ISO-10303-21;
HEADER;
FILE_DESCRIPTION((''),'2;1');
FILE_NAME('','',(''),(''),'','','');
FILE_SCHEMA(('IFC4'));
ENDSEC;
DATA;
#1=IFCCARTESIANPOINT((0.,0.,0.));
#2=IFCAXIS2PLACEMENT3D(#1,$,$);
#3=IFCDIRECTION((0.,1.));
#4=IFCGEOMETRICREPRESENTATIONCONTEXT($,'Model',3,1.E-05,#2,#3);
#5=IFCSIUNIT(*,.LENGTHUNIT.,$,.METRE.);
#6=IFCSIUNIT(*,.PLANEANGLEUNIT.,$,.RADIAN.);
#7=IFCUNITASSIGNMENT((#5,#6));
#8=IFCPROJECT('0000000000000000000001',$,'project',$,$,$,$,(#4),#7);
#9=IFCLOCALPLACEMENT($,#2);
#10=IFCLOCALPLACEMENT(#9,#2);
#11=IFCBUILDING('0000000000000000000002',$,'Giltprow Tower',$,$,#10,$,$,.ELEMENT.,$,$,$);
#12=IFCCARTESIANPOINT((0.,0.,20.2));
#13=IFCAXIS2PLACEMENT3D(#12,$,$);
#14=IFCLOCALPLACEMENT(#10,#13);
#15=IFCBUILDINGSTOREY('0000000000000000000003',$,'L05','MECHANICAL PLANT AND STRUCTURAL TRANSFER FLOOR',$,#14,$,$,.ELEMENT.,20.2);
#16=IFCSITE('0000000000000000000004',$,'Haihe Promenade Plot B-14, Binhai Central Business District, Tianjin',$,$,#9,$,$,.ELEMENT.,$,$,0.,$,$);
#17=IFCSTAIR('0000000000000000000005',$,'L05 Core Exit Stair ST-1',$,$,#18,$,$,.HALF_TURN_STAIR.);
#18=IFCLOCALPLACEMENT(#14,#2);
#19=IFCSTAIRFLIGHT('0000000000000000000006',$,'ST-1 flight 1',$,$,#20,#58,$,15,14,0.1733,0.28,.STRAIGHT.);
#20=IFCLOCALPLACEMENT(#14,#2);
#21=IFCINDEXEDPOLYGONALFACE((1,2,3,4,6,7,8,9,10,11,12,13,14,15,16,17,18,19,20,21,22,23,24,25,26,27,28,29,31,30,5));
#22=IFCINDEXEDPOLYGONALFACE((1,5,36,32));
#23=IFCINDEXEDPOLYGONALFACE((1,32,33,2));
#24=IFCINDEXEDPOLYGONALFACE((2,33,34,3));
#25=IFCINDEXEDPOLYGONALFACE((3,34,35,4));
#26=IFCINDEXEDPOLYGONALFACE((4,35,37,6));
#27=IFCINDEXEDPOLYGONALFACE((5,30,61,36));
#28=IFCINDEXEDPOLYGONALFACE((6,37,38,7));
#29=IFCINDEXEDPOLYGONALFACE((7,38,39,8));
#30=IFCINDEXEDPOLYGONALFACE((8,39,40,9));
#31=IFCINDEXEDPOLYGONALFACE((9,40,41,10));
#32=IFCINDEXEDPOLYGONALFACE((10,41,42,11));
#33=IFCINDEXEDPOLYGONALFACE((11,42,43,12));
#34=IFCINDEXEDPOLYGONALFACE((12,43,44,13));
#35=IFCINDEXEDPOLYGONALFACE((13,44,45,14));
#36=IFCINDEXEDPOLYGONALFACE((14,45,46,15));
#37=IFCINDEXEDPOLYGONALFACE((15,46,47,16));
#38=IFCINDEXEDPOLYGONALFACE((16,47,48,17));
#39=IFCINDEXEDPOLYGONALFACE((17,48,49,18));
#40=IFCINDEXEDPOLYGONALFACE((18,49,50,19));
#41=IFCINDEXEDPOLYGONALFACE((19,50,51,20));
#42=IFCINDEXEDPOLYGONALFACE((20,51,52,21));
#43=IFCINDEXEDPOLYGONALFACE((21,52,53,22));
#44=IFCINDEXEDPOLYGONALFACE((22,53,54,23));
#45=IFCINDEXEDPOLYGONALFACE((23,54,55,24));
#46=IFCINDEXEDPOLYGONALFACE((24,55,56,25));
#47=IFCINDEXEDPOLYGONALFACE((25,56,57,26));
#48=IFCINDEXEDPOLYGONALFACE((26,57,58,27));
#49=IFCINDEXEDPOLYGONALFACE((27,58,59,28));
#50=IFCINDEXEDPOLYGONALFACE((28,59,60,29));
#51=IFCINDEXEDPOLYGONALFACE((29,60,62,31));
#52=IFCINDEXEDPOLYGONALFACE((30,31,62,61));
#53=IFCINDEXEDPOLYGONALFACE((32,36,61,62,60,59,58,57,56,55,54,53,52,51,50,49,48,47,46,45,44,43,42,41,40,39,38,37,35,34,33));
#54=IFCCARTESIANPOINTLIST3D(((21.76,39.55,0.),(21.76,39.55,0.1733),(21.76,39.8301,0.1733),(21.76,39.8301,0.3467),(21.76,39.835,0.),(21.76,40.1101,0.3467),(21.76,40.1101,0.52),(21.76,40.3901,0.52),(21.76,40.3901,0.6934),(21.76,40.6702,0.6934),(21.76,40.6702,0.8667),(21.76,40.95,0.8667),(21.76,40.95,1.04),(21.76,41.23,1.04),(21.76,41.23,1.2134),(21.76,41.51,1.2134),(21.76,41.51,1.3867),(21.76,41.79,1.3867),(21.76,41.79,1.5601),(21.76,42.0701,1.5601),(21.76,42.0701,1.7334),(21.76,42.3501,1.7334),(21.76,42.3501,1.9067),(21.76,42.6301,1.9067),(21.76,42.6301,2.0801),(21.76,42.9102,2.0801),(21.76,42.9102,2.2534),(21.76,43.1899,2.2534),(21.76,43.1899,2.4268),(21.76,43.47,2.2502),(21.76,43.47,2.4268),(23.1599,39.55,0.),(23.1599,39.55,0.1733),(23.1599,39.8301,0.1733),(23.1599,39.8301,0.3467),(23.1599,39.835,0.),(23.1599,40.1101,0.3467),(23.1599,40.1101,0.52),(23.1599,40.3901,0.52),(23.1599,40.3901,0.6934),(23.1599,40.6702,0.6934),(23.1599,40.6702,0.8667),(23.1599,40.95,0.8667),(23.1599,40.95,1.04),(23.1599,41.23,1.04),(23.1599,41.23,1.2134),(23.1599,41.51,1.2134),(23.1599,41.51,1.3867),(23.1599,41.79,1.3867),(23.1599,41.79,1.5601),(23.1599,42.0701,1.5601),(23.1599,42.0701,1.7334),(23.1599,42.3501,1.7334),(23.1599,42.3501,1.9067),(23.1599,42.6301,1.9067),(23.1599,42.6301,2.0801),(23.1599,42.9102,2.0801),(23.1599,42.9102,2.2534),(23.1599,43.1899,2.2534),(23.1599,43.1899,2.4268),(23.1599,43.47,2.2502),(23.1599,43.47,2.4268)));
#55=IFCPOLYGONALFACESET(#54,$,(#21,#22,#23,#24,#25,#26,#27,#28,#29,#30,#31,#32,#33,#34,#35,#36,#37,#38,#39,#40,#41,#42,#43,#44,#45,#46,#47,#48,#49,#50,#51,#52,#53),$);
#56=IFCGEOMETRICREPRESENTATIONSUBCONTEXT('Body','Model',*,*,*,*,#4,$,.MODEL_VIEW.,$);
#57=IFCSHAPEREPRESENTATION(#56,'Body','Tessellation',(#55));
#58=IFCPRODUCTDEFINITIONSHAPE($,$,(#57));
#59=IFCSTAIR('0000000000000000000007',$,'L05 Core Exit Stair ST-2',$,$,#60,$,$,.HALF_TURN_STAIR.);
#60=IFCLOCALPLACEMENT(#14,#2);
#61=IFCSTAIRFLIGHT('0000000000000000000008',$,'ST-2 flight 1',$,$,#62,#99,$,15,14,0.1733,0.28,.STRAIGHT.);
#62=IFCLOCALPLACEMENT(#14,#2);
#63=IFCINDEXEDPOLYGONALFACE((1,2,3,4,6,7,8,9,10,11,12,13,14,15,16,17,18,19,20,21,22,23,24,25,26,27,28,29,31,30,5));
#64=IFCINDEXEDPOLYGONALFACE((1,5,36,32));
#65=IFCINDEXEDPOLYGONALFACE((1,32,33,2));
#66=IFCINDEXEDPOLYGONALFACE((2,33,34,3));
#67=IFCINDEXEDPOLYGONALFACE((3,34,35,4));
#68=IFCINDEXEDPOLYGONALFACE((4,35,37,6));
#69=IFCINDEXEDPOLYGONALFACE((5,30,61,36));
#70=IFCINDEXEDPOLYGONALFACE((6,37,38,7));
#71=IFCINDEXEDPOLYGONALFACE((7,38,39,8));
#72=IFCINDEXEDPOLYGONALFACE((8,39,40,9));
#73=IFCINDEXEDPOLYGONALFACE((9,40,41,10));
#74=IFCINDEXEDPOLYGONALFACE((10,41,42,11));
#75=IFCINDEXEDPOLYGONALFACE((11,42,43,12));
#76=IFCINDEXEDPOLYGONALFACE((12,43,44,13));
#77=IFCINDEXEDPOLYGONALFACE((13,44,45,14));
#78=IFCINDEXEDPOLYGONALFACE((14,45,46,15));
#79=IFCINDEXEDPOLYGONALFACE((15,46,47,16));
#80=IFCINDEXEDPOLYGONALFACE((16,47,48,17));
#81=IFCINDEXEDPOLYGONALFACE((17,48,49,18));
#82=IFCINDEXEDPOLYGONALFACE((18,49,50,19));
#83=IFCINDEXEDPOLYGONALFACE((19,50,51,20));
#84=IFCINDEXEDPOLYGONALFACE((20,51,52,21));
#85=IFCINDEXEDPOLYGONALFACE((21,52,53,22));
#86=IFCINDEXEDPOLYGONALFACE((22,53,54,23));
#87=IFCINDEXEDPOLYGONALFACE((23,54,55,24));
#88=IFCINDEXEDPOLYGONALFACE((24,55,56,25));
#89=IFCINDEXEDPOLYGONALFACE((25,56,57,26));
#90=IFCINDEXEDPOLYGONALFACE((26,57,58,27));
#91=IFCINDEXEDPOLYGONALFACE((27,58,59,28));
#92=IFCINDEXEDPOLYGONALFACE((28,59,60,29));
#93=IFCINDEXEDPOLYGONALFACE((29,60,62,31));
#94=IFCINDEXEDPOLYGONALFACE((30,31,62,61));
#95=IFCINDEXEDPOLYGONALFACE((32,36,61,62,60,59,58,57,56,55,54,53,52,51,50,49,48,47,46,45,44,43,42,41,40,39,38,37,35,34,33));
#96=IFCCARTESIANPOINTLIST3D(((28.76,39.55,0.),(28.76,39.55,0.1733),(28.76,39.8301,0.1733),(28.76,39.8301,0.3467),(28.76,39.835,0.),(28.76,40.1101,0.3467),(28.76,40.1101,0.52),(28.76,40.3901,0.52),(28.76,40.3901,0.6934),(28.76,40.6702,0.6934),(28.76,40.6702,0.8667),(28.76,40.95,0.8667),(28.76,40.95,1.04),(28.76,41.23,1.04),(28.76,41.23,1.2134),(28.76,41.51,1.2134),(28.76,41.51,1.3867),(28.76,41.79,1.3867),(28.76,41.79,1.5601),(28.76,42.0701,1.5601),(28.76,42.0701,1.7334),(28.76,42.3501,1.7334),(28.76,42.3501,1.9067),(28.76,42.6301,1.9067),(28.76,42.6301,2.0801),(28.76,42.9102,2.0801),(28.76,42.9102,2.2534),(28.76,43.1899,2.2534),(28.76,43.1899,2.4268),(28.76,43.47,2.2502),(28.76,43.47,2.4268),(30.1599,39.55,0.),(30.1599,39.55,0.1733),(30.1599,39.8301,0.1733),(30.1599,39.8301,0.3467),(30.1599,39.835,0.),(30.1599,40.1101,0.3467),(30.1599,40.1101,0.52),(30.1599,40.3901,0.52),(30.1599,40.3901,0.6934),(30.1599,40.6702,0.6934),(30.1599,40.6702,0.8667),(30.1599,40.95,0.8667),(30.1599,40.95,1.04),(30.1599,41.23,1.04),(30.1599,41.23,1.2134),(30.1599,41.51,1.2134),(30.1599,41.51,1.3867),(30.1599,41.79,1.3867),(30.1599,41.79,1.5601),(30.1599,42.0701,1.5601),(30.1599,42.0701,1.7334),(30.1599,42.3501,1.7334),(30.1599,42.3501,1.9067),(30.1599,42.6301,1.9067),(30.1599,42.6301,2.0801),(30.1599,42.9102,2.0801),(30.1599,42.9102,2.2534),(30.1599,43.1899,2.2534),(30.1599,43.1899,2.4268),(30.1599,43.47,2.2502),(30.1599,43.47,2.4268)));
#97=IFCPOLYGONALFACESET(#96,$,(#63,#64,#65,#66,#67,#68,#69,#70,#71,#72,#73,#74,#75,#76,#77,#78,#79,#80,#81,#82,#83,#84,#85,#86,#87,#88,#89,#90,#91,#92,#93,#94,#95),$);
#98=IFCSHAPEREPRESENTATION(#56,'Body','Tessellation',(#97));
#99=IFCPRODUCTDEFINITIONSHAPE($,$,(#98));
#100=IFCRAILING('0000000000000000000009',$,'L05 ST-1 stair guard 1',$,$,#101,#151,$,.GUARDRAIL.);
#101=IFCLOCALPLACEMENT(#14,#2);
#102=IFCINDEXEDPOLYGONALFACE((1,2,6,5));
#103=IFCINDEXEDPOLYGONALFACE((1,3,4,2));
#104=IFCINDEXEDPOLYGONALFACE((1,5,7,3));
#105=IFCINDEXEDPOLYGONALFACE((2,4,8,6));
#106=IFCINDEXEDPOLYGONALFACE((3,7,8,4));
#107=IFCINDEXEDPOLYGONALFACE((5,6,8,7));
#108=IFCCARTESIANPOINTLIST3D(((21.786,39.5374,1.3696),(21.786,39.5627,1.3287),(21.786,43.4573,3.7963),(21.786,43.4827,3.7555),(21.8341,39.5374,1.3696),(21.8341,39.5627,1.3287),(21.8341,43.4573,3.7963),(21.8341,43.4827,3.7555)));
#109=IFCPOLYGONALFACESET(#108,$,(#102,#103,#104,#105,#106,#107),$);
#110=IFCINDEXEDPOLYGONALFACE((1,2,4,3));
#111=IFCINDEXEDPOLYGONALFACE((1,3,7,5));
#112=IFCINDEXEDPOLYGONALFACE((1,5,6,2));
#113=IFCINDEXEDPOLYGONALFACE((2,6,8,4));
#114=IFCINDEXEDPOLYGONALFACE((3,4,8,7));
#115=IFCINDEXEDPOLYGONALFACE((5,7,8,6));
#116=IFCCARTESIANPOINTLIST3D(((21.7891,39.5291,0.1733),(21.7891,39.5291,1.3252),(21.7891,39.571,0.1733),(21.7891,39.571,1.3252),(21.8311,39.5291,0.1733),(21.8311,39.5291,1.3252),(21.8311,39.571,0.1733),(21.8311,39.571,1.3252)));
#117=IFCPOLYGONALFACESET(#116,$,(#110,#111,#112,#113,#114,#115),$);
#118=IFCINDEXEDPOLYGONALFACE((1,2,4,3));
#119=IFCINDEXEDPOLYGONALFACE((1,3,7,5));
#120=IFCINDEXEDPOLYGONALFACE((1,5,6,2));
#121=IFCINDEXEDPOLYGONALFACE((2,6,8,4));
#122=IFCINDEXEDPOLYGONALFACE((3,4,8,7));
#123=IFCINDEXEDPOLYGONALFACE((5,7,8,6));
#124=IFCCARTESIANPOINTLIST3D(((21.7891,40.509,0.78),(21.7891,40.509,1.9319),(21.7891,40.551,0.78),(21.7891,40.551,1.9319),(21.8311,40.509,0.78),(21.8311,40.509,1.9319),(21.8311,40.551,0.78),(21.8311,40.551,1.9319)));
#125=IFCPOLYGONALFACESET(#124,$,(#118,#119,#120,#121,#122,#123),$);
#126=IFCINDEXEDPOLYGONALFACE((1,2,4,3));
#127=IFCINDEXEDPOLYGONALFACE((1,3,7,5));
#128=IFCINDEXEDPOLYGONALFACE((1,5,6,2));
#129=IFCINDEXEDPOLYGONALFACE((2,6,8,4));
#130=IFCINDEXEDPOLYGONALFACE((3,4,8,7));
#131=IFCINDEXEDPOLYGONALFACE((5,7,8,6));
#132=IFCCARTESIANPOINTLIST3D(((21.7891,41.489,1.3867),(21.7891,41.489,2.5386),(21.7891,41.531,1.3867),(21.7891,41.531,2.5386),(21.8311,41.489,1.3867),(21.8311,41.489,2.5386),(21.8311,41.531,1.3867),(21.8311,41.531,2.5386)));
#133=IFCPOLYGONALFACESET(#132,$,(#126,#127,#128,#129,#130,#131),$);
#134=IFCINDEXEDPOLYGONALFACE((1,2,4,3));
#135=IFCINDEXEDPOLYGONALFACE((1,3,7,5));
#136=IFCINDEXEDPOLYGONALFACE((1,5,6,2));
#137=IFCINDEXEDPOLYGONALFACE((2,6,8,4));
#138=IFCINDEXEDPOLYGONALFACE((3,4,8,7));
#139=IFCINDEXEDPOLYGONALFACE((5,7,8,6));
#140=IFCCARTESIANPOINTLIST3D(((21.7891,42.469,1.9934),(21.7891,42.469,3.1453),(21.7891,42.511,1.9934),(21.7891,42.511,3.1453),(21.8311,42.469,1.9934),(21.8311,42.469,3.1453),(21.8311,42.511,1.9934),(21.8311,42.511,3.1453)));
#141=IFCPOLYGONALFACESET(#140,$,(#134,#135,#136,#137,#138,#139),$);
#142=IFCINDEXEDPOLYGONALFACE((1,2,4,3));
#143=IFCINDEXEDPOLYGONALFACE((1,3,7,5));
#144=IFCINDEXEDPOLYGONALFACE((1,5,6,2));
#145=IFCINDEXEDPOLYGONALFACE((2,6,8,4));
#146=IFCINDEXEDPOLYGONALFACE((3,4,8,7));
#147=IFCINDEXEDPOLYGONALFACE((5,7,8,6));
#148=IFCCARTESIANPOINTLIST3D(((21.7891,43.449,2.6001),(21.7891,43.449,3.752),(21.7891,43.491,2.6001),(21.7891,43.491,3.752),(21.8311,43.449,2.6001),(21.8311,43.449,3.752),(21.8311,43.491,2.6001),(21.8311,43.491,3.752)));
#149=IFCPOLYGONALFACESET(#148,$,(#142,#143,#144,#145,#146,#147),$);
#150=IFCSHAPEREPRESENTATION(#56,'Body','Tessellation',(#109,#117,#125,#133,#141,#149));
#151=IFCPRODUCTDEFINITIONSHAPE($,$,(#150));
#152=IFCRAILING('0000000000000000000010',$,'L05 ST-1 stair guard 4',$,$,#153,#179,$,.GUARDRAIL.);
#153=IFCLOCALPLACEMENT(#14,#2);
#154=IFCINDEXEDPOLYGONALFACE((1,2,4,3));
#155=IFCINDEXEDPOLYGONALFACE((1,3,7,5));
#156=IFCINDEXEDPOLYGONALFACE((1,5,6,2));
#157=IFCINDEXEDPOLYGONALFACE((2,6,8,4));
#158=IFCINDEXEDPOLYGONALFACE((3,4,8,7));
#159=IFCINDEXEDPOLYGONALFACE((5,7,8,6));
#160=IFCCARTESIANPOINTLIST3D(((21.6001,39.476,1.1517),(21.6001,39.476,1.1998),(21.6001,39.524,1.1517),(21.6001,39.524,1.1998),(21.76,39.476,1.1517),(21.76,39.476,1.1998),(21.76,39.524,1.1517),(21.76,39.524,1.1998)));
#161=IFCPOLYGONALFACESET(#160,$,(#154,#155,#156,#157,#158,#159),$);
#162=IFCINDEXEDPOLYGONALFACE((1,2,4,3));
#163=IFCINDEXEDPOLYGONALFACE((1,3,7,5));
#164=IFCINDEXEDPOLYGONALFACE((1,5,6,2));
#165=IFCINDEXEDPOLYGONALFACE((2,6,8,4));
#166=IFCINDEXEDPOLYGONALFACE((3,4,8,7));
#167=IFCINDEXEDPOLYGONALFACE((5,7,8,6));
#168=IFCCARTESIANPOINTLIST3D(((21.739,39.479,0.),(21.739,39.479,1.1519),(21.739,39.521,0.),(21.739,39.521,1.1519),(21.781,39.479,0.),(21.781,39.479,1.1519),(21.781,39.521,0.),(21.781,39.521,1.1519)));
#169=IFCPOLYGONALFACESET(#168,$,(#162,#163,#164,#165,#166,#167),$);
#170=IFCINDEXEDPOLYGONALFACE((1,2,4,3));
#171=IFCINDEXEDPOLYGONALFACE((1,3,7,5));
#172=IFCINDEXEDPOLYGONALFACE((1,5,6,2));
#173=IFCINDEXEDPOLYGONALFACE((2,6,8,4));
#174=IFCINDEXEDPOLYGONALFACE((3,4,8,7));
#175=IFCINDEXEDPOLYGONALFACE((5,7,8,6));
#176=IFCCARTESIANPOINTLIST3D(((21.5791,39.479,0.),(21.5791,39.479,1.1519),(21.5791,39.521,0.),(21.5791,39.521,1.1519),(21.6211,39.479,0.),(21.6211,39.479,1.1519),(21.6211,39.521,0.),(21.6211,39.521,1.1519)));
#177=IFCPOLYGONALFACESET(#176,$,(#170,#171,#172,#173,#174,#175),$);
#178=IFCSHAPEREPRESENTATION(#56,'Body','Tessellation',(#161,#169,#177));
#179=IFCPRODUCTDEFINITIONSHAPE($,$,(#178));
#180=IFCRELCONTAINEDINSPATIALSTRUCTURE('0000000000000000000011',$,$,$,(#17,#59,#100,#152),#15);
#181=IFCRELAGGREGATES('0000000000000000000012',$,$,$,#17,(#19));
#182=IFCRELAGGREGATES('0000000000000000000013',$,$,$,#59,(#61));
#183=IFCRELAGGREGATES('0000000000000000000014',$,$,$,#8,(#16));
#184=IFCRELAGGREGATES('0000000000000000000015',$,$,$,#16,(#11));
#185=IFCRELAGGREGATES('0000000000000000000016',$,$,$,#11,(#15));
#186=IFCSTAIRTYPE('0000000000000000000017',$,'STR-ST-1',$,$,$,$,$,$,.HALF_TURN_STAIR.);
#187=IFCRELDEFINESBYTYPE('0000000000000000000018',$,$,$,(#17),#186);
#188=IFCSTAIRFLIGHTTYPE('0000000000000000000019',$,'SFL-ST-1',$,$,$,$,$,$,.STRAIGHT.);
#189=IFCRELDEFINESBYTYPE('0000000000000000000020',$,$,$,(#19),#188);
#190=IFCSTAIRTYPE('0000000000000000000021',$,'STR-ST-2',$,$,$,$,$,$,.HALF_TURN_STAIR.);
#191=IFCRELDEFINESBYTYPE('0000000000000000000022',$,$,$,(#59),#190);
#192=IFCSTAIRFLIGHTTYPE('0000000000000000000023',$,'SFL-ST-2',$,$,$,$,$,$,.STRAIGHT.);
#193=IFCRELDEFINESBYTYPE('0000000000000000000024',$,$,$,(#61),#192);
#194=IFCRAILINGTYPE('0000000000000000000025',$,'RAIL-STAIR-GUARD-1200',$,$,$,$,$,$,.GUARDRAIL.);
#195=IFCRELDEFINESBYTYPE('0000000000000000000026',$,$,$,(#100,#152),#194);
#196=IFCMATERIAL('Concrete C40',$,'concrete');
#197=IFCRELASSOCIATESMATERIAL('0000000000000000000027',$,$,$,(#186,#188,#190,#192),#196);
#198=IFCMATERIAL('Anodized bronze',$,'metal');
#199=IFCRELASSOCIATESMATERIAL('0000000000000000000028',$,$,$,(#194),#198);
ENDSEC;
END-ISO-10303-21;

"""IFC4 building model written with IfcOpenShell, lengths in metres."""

from ifc_helpers import new_model, si_unit, direction, frame, origin, origin_2d, place, context, subcontext, project, spatial, polyline, rectangle, outline, extrude, material, type_object, element, aggregate, save


model = new_model("IFC4")

# Units and contexts
model_context = context("Model", 3, precision=1e-05, world=origin(), true_north=direction((0.0, 1.0)))
body_context = subcontext(model_context, "Body", "Model", "MODEL_VIEW")
ifc_project = project(units=[si_unit("LENGTHUNIT", "METRE"), si_unit("PLANEANGLEUNIT", "RADIAN")], contexts=[model_context])

# Site, building, storey
site_placement = place(None, origin())
site = spatial("IfcSite", under=ifc_project, at=site_placement, Name="Haihe Promenade Plot B-14, Binhai Central Business District, Tianjin", CompositionType="ELEMENT", RefElevation=0.0)
building_placement = place(site_placement, origin())
building = spatial("IfcBuilding", under=site, at=building_placement, Name="Giltprow Tower", CompositionType="ELEMENT")
storey_placement = place(building_placement, frame((0.0, 0.0, 20.2)))
storey = spatial("IfcBuildingStorey", under=building, at=storey_placement, Name="L05", Description="MECHANICAL PLANT AND STRUCTURAL TRANSFER FLOOR", CompositionType="ELEMENT", Elevation=20.2)

# Shared definitions
ifc_material_1 = material(Name="Concrete C40", Category="concrete")

# Stairs, stair flights
stair_type_1 = type_object("IfcStairType", Name="STR-ST-1", PredefinedType="HALF_TURN_STAIR", material=ifc_material_1)
stair_1_placement = place(storey_placement, origin())
stair_1 = element("IfcStair", 1, at=stair_1_placement, inside=storey, type_object=stair_type_1, Name="L05 Core Exit Stair ST-1", PredefinedType="HALF_TURN_STAIR")
stair_flight_type_1 = type_object("IfcStairFlightType", Name="SFL-ST-1", PredefinedType="STRAIGHT", material=ifc_material_1)
stair_flight_1_placement = place(storey_placement, frame((22.46, 39.55, 0.0), z_axis=(0.0, 0.0, 1.0), x_axis=(0.0, 1.0, 0.0)))
stair_flight_1 = element("IfcStairFlight", 2, at=stair_flight_1_placement, type_object=stair_flight_type_1, Name="ST-1 flight 1", NumberOfRisers=15, NumberOfTreads=14, PredefinedType="STRAIGHT", RiserHeight=0.1733, TreadLength=0.28, context=body_context, shape_type="SweptSolid", body=[
    extrude(outline(polyline([(0.0, 0.0), (0.0, 0.1733), (0.28, 0.1733), (0.28, 0.3467), (0.5601, 0.3467), (0.5601, 0.52), (0.8401, 0.52), (0.8401, 0.6934), (1.1201, 0.6934), (1.1201, 0.8667), (1.3999, 0.8667), (1.3999, 1.04), (1.6799, 1.04), (1.6799, 1.2134), (1.96, 1.2134), (1.96, 1.3867), (2.24, 1.3867), (2.24, 1.5601), (2.52, 1.5601), (2.52, 1.7334), (2.8, 1.7334), (2.8, 1.9067), (3.0801, 1.9067), (3.0801, 2.0801), (3.3601, 2.0801), (3.3601, 2.2534), (3.6399, 2.2534), (3.6399, 2.4268), (3.9199, 2.4268), (3.9199, 2.6001), (3.9199, 2.2502), (0.2849, 0.0), (0.0, 0.0)])), frame((0.0, 0.7, 0.0), z_axis=(0.0, -1.0, 0.0), x_axis=(1.0, 0.0, 0.0)), (0.0, 0.0, 1.0), 1.3999),
])
aggregate(stair_1, [stair_flight_1])
stair_type_2 = type_object("IfcStairType", Name="STR-ST-2", PredefinedType="HALF_TURN_STAIR", material=ifc_material_1)
stair_2_placement = place(storey_placement, origin())
stair_2 = element("IfcStair", 3, at=stair_2_placement, inside=storey, type_object=stair_type_2, Name="L05 Core Exit Stair ST-2", PredefinedType="HALF_TURN_STAIR")
stair_flight_type_2 = type_object("IfcStairFlightType", Name="SFL-ST-2", PredefinedType="STRAIGHT", material=ifc_material_1)
stair_flight_2_placement = place(storey_placement, frame((29.46, 39.55, 0.0), z_axis=(0.0, 0.0, 1.0), x_axis=(0.0, 1.0, 0.0)))
stair_flight_2 = element("IfcStairFlight", 4, at=stair_flight_2_placement, type_object=stair_flight_type_2, Name="ST-2 flight 1", NumberOfRisers=15, NumberOfTreads=14, PredefinedType="STRAIGHT", RiserHeight=0.1733, TreadLength=0.28, context=body_context, shape_type="SweptSolid", body=[
    extrude(outline(polyline([(0.0, 0.0), (0.0, 0.1733), (0.28, 0.1733), (0.28, 0.3467), (0.5601, 0.3467), (0.5601, 0.52), (0.8401, 0.52), (0.8401, 0.6934), (1.1201, 0.6934), (1.1201, 0.8667), (1.3999, 0.8667), (1.3999, 1.04), (1.6799, 1.04), (1.6799, 1.2134), (1.96, 1.2134), (1.96, 1.3867), (2.24, 1.3867), (2.24, 1.5601), (2.52, 1.5601), (2.52, 1.7334), (2.8, 1.7334), (2.8, 1.9067), (3.0801, 1.9067), (3.0801, 2.0801), (3.3601, 2.0801), (3.3601, 2.2534), (3.6399, 2.2534), (3.6399, 2.4268), (3.9199, 2.4268), (3.9199, 2.6001), (3.9199, 2.2502), (0.2849, 0.0), (0.0, 0.0)])), frame((0.0, 0.7, 0.0), z_axis=(0.0, -1.0, 0.0), x_axis=(1.0, 0.0, 0.0)), (0.0, 0.0, 1.0), 1.3999),
])
aggregate(stair_2, [stair_flight_2])

# Railings
ifc_material_2 = material(Name="Anodized bronze", Category="metal")
railing_type_1 = type_object("IfcRailingType", Name="RAIL-STAIR-GUARD-1200", PredefinedType="GUARDRAIL", material=ifc_material_2)
railing_1_placement = place(storey_placement, frame((21.8101, 39.55, 0.1733)))
element("IfcRailing", 5, at=railing_1_placement, inside=storey, type_object=railing_type_1, Name="L05 ST-1 stair guard 1", PredefinedType="GUARDRAIL", context=body_context, shape_type="SweptSolid", body=[
    extrude(rectangle(XDim=0.0481, YDim=0.0481, at=origin_2d()), frame((0.0, 0.0, 1.1758), z_axis=(0.0, 0.850252, 0.526376), x_axis=(-1.0, 0.0, 0.0)), (0.0, 0.0, 1.0), 4.6104),
    extrude(rectangle(XDim=0.042, YDim=0.042, at=origin_2d()), origin(), (0.0, 0.0, 1.0), 1.1519),
    extrude(rectangle(XDim=0.042, YDim=0.042, at=origin_2d()), frame((0.0, 0.98, 0.6067)), (0.0, 0.0, 1.0), 1.1519),
    extrude(rectangle(XDim=0.042, YDim=0.042, at=origin_2d()), frame((0.0, 1.96, 1.2134)), (0.0, 0.0, 1.0), 1.1519),
    extrude(rectangle(XDim=0.042, YDim=0.042, at=origin_2d()), frame((0.0, 2.9399, 1.8201)), (0.0, 0.0, 1.0), 1.1519),
    extrude(rectangle(XDim=0.042, YDim=0.042, at=origin_2d()), frame((0.0, 3.9199, 2.4268)), (0.0, 0.0, 1.0), 1.1519),
])
railing_2_placement = place(storey_placement, frame((21.76, 39.5, 0.0)))
element("IfcRailing", 6, at=railing_2_placement, inside=storey, type_object=railing_type_1, Name="L05 ST-1 stair guard 4", PredefinedType="GUARDRAIL", context=body_context, shape_type="SweptSolid", body=[
    extrude(rectangle(XDim=0.0481, YDim=0.0481, at=origin_2d()), frame((0.0, 0.0, 1.1758), z_axis=(-1.0, 0.0, 0.0), x_axis=(0.0, -1.0, 0.0)), (0.0, 0.0, 1.0), 0.1599),
    extrude(rectangle(XDim=0.042, YDim=0.042, at=origin_2d()), origin(), (0.0, 0.0, 1.0), 1.1519),
    extrude(rectangle(XDim=0.042, YDim=0.042, at=origin_2d()), frame((-0.1599, 0.0, 0.0)), (0.0, 0.0, 1.0), 1.1519),
])

save(model, "model.ifc")
